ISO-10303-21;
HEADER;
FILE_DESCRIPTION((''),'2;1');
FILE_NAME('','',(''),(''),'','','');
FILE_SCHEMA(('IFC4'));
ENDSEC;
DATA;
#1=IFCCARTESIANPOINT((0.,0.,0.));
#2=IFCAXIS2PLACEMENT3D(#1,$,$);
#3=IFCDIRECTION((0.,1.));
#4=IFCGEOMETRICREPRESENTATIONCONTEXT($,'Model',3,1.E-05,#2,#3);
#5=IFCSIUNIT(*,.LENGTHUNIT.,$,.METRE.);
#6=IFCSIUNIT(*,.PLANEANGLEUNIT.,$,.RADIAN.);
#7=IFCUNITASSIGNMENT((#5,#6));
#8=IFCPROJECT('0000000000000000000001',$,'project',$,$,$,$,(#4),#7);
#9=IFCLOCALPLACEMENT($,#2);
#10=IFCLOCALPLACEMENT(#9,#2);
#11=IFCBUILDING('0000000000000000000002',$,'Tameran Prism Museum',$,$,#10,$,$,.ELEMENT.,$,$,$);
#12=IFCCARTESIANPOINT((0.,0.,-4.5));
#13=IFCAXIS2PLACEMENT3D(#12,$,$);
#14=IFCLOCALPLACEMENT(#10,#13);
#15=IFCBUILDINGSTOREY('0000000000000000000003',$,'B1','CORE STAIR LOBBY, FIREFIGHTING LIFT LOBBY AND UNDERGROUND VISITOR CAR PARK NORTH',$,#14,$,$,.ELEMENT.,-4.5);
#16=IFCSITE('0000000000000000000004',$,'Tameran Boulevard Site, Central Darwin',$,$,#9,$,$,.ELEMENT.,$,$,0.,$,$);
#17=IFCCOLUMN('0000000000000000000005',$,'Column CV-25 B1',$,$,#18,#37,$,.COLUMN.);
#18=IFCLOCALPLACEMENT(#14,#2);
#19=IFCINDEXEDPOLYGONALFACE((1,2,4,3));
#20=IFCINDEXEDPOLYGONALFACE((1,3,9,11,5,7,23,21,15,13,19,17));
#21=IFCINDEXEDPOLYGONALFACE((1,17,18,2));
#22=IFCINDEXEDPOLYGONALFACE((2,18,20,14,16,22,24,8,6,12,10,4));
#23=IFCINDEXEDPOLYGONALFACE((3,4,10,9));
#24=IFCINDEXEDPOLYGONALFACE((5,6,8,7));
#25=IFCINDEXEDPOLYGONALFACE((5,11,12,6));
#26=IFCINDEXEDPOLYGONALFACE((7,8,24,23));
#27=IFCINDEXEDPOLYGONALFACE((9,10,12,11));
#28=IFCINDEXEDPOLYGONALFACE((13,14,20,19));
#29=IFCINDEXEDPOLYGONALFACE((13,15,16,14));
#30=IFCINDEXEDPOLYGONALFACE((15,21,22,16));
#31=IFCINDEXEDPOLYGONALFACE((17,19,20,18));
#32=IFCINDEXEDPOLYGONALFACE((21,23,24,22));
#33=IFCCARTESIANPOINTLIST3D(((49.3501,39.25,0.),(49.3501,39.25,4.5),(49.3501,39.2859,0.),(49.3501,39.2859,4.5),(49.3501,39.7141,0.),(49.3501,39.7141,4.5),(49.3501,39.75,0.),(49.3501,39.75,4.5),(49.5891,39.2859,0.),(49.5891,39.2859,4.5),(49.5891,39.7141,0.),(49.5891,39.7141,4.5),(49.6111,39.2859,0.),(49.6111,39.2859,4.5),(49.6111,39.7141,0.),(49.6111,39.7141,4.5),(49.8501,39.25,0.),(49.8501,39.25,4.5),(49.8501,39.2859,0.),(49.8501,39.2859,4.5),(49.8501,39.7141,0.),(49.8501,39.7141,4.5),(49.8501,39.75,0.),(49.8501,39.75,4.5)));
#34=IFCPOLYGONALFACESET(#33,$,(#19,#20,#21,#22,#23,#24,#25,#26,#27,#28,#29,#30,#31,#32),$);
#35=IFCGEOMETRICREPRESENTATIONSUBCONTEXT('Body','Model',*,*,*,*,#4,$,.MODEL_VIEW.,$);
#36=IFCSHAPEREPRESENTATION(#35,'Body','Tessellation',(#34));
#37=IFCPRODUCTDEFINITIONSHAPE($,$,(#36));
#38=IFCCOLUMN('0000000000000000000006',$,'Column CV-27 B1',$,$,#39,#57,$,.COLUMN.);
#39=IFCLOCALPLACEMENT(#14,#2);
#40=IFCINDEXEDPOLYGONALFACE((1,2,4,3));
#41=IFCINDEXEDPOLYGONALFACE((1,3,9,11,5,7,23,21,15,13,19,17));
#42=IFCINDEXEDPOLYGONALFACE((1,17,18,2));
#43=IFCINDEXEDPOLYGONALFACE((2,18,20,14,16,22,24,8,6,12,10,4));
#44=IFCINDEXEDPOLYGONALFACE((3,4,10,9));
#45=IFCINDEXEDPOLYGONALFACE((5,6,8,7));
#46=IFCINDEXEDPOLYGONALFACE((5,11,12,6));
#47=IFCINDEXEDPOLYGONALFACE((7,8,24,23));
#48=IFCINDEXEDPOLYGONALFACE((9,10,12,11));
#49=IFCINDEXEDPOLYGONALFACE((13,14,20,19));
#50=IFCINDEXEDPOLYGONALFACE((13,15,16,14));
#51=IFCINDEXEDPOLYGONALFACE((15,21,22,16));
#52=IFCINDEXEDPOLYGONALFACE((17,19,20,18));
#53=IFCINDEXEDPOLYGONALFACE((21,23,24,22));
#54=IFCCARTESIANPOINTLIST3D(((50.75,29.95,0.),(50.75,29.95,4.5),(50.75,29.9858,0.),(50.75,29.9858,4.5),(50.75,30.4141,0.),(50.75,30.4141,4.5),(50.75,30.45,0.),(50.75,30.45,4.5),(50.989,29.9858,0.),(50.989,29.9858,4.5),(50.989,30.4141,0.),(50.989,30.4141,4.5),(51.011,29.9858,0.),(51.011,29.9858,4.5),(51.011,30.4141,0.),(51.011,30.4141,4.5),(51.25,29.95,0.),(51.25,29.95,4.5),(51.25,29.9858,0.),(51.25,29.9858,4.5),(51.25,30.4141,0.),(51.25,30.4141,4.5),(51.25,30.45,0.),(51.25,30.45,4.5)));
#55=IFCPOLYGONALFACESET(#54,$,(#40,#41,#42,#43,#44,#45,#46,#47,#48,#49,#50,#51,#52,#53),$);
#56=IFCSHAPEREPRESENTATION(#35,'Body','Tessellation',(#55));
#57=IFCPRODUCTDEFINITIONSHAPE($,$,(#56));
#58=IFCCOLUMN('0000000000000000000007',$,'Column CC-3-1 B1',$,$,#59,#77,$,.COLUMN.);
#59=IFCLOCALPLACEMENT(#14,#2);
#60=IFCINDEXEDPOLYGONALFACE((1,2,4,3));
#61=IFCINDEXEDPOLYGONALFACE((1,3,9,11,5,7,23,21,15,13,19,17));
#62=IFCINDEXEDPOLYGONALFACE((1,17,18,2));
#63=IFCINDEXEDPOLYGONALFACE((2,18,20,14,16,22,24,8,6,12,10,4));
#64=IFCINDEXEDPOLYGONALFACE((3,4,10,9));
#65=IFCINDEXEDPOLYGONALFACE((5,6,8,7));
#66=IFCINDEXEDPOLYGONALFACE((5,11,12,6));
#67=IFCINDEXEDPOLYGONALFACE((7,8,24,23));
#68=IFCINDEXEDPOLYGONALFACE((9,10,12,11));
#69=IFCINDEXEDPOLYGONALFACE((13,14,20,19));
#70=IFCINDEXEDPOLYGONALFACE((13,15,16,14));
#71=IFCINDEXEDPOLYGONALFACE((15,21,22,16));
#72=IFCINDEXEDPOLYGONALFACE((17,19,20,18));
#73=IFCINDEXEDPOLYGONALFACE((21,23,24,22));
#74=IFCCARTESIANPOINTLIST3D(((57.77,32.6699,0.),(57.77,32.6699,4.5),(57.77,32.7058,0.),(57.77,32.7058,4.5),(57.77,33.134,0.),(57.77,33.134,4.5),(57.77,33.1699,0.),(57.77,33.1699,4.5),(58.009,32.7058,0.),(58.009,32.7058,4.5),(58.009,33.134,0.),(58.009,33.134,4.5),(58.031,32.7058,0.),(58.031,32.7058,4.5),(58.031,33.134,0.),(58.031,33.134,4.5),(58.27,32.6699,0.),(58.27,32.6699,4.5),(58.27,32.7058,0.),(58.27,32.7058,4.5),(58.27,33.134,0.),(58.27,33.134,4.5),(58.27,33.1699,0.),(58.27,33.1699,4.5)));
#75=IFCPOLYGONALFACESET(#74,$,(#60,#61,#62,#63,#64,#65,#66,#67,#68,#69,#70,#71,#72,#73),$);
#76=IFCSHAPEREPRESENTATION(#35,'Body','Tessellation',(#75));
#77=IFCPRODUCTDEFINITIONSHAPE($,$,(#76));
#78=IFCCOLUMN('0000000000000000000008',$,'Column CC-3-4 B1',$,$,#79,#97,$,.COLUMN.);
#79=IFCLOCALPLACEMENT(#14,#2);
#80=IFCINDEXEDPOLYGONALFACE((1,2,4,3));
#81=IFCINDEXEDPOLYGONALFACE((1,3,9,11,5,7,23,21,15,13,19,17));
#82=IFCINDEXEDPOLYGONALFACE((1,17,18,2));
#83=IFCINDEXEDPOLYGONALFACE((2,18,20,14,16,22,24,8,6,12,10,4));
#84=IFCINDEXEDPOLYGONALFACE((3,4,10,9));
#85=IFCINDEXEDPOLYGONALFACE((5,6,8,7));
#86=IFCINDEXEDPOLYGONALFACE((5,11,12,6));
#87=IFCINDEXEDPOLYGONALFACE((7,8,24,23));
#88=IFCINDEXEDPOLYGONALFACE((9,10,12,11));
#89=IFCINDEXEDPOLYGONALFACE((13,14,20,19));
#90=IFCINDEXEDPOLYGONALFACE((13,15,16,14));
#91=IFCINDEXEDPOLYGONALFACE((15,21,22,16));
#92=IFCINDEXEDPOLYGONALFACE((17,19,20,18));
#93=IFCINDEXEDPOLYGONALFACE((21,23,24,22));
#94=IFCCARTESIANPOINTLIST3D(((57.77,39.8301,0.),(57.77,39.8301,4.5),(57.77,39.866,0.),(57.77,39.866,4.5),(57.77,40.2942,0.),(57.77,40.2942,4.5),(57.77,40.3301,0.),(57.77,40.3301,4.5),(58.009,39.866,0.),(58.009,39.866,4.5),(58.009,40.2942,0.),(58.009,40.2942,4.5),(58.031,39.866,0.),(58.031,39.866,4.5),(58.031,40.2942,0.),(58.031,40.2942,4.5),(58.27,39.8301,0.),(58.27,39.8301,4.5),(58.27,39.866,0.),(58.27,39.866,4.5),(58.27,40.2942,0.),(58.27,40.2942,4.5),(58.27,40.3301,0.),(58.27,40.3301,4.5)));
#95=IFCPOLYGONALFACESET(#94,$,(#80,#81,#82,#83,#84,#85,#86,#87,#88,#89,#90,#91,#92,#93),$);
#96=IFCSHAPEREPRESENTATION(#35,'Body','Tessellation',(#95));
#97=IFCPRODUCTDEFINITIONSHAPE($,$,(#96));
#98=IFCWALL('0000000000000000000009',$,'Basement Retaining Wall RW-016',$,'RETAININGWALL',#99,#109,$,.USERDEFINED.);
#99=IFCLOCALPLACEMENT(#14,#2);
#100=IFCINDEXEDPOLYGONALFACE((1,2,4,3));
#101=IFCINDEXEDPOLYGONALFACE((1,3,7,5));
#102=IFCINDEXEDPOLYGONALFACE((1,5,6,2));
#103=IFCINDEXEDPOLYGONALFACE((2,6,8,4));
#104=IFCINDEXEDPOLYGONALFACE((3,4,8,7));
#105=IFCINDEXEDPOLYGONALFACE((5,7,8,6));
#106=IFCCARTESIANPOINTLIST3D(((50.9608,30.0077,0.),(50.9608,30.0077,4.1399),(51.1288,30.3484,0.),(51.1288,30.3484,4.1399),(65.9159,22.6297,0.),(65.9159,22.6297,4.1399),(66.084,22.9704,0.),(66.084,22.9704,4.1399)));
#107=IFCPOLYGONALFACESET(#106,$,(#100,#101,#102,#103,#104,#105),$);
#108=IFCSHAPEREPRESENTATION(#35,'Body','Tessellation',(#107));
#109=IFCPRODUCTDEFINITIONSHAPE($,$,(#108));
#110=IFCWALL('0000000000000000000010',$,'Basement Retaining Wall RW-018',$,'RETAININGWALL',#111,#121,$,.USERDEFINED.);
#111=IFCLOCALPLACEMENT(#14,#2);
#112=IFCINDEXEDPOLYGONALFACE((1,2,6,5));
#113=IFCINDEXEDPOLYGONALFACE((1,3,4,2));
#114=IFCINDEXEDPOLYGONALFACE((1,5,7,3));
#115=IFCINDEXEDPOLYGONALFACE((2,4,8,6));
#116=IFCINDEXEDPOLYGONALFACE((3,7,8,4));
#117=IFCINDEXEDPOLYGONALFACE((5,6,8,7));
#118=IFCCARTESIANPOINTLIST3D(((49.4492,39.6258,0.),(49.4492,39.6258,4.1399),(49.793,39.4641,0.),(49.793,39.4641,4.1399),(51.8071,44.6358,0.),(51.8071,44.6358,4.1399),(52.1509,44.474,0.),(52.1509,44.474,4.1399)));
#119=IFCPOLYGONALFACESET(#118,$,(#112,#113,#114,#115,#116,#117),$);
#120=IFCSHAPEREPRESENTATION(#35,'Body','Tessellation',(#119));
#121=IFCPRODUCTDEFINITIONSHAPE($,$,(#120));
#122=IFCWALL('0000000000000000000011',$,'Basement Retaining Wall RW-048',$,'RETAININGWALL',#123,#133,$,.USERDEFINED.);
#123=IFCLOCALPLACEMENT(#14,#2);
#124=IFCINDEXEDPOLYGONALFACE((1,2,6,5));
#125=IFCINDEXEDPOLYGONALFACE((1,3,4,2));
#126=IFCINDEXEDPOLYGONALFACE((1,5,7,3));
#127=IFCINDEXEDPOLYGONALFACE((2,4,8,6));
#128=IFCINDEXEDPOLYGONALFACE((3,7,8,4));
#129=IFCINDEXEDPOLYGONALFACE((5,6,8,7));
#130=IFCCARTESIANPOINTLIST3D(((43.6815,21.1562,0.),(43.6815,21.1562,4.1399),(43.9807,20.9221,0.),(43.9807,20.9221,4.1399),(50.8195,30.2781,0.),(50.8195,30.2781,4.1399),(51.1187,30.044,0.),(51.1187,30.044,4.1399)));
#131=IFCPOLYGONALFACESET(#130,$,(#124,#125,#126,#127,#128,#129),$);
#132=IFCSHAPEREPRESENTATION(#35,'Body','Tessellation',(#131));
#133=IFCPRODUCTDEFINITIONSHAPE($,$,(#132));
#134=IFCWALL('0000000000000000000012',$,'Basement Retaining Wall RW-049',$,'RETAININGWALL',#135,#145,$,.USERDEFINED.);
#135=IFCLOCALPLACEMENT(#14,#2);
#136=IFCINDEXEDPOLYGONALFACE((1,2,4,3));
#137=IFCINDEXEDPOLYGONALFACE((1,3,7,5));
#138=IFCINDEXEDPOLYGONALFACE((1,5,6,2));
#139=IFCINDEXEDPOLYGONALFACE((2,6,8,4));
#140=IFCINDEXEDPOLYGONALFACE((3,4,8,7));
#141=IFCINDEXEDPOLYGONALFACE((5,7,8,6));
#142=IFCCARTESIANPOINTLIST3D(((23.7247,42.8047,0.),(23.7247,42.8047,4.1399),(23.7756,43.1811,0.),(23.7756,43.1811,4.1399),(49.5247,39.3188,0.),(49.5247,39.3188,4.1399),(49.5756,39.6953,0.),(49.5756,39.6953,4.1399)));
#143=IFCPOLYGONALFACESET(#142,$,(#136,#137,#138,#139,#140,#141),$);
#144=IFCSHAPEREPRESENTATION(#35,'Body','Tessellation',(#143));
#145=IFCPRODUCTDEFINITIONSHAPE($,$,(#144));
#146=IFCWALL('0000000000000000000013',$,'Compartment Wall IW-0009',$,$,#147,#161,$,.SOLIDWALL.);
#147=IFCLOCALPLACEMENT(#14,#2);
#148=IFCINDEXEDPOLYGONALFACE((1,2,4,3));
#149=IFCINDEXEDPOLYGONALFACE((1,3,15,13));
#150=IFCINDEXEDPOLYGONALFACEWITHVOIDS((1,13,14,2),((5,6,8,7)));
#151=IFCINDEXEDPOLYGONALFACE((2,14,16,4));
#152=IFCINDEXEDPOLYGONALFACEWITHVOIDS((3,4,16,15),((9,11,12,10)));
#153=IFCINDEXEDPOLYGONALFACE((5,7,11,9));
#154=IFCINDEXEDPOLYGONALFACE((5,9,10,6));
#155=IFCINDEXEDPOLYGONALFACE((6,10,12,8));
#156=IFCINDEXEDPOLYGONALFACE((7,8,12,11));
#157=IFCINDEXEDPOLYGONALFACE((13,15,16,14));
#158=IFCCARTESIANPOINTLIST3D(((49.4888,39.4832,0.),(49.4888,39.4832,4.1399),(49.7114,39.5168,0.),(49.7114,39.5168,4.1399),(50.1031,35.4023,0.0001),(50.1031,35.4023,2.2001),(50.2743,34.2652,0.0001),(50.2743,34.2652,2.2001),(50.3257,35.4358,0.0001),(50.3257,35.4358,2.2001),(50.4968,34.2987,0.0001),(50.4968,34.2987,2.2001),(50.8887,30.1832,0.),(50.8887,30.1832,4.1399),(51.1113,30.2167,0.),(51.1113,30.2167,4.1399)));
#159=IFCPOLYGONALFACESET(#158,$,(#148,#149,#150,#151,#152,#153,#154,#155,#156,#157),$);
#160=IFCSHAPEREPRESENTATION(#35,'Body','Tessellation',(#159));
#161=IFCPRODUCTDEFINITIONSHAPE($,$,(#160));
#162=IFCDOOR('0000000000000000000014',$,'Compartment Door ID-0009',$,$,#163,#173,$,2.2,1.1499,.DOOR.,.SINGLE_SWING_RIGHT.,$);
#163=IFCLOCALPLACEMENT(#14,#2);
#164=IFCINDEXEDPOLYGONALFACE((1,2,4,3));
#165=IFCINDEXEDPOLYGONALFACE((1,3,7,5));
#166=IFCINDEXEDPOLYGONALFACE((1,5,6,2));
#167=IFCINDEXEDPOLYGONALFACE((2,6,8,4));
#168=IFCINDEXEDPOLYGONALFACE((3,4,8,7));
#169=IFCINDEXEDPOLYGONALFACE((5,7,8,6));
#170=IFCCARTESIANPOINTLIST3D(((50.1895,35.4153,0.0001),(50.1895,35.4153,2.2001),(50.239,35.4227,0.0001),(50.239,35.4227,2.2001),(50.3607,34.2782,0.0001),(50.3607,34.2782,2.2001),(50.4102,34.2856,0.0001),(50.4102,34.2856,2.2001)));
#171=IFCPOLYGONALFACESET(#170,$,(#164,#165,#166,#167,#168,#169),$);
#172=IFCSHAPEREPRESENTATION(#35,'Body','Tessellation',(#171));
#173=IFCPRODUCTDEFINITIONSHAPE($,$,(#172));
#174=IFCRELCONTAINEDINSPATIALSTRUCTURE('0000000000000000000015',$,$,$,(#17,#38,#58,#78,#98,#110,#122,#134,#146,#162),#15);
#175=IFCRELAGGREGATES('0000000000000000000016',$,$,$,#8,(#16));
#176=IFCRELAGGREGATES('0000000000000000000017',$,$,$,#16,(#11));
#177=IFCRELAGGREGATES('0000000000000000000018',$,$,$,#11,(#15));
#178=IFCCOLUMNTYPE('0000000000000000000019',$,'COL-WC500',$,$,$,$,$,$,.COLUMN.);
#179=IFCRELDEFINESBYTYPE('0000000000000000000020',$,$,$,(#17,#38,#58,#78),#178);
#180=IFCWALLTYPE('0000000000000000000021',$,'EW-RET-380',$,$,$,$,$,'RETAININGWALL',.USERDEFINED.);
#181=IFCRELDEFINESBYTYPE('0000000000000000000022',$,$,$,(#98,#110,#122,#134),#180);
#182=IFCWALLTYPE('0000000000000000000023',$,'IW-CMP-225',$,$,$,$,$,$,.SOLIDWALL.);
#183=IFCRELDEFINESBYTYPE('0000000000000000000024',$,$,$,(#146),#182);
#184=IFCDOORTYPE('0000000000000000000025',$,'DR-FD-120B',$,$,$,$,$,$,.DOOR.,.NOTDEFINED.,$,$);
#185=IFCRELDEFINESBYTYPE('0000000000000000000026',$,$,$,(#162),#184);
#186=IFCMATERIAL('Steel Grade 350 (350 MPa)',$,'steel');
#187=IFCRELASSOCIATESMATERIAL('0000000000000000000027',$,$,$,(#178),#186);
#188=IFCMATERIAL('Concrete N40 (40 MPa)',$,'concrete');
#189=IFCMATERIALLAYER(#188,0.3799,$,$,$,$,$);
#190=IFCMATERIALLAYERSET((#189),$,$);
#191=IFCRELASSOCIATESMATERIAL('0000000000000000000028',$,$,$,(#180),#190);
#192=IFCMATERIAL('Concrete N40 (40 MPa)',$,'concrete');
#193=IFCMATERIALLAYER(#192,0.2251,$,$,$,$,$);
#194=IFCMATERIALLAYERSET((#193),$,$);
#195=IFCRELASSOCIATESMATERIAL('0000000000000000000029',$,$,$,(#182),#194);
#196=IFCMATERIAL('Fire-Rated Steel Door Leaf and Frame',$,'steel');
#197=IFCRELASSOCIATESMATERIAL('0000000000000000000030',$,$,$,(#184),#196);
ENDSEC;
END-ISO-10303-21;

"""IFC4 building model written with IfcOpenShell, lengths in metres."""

from ifc_helpers import new_model, si_unit, direction, frame, frame_2d, origin, origin_2d, place, context, subcontext, project, spatial, rectangle, i_section, extrude, material, layer, layer_set, material_profile, profile_set, type_object, element, fill, save


model = new_model("IFC4")

# Units and contexts
model_context = context("Model", 3, precision=1e-05, world=origin(), true_north=direction((0.0, 1.0)))
body_context = subcontext(model_context, "Body", "Model", "MODEL_VIEW")
ifc_project = project(units=[si_unit("LENGTHUNIT", "METRE"), si_unit("PLANEANGLEUNIT", "RADIAN")], contexts=[model_context])

# Site, building, storey
site_placement = place(None, origin())
site = spatial("IfcSite", under=ifc_project, at=site_placement, Name="Tameran Boulevard Site, Central Darwin", CompositionType="ELEMENT", RefElevation=0.0)
building_placement = place(site_placement, origin())
building = spatial("IfcBuilding", under=site, at=building_placement, Name="Tameran Prism Museum", CompositionType="ELEMENT")
storey_placement = place(building_placement, frame((0.0, 0.0, -4.5)))
storey = spatial("IfcBuildingStorey", under=building, at=storey_placement, Name="B1", Description="CORE STAIR LOBBY, FIREFIGHTING LIFT LOBBY AND UNDERGROUND VISITOR CAR PARK NORTH", CompositionType="ELEMENT", Elevation=-4.5)

# Columns
ifc_material_1 = material(Name="Steel Grade 350 (350 MPa)", Category="steel")
ifc_material_profile_1 = material_profile(ifc_material_1, i_section(OverallWidth=0.5, OverallDepth=0.5, WebThickness=0.022, FlangeThickness=0.0359, at=origin_2d()))
ifc_profile_set_1 = profile_set([ifc_material_profile_1])
column_type = type_object("IfcColumnType", Name="COL-WC500", PredefinedType="COLUMN", material=ifc_profile_set_1)
for number, where, z_axis, x_axis, name in (
    (1, (49.6001, 39.5, 0.0), (0.0, 0.0, 1.0), (1.0, 0.0, 0.0), "Column CV-25 B1"),
    (2, (51.0, 30.2, 0.0), (0.0, 0.0, 1.0), (1.0, 0.0, 0.0), "Column CV-27 B1"),
    (3, (58.02, 32.9199, 0.0), (0.0, 0.0, 1.0), (1.0, 0.0, 0.0), "Column CC-3-1 B1"),
    (4, (58.02, 40.0801, 0.0), (0.0, 0.0, 1.0), (1.0, 0.0, 0.0), "Column CC-3-4 B1"),
):
    element("IfcColumn", number, at=place(storey_placement, frame(where, z_axis=z_axis, x_axis=x_axis)), inside=storey, type_object=column_type, Name=name, PredefinedType="COLUMN", context=body_context, shape_type="SweptSolid", body=[
        extrude(i_section(OverallWidth=0.5, OverallDepth=0.5, WebThickness=0.022, FlangeThickness=0.0359, at=origin_2d()), origin(), (0.0, 0.0, 1.0), 4.5),
    ])

# Walls
ifc_material_2 = material(Name="Concrete N40 (40 MPa)", Category="concrete")
ifc_layer_1 = layer(ifc_material_2, 0.3799)
ifc_layer_set_1 = layer_set([ifc_layer_1])
wall_type_1 = type_object("IfcWallType", Name="EW-RET-380", ElementType="RETAININGWALL", PredefinedType="USERDEFINED", material=ifc_layer_set_1)
wall_1_placement = place(storey_placement, frame((51.0449, 30.178, 0.0), z_axis=(0.0, 0.0, 1.0), x_axis=(0.896804, -0.442429, 0.0)))
element("IfcWall", 5, at=wall_1_placement, inside=storey, type_object=wall_type_1, Name="Basement Retaining Wall RW-016", ObjectType="RETAININGWALL", PredefinedType="USERDEFINED", context=body_context, shape_type="SweptSolid", body=[
    extrude(rectangle(XDim=16.676, YDim=0.3799, at=frame_2d((8.3379, 0.0))), origin(), (0.0, 0.0, 1.0), 4.1399),
])
wall_2_placement = place(storey_placement, frame((51.979, 44.5549, 0.0), z_axis=(0.0, 0.0, 1.0), x_axis=(-0.425835, -0.904801, 0.0)))
element("IfcWall", 6, at=wall_2_placement, inside=storey, type_object=wall_type_1, Name="Basement Retaining Wall RW-018", ObjectType="RETAININGWALL", PredefinedType="USERDEFINED", context=body_context, shape_type="SweptSolid", body=[
    extrude(rectangle(XDim=5.5371, YDim=0.3799, at=frame_2d((2.7686, 0.0))), origin(), (0.0, 0.0, 1.0), 4.1399),
])
wall_3_placement = place(storey_placement, frame((43.8311, 21.0391, 0.0), z_axis=(0.0, 0.0, 1.0), x_axis=(0.616261, 0.787542, 0.0)))
element("IfcWall", 7, at=wall_3_placement, inside=storey, type_object=wall_type_1, Name="Basement Retaining Wall RW-048", ObjectType="RETAININGWALL", PredefinedType="USERDEFINED", context=body_context, shape_type="SweptSolid", body=[
    extrude(rectangle(XDim=11.5828, YDim=0.3799, at=frame_2d((5.7915, 0.0))), origin(), (0.0, 0.0, 1.0), 4.1399),
])
wall_4_placement = place(storey_placement, frame((49.55, 39.5071, 0.0), z_axis=(0.0, 0.0, 1.0), x_axis=(-0.990996, 0.133893, 0.0)))
element("IfcWall", 8, at=wall_4_placement, inside=storey, type_object=wall_type_1, Name="Basement Retaining Wall RW-049", ObjectType="RETAININGWALL", PredefinedType="USERDEFINED", context=body_context, shape_type="SweptSolid", body=[
    extrude(rectangle(XDim=26.0344, YDim=0.3799, at=frame_2d((13.0171, 0.0))), origin(), (0.0, 0.0, 1.0), 4.1399),
])

# Wall, opening, door
ifc_material_3 = material(Name="Concrete N40 (40 MPa)", Category="concrete")
ifc_layer_2 = layer(ifc_material_3, 0.2251)
ifc_layer_set_2 = layer_set([ifc_layer_2])
wall_type_2 = type_object("IfcWallType", Name="IW-CMP-225", PredefinedType="SOLIDWALL", material=ifc_layer_set_2)
wall_5_placement = place(storey_placement, frame((49.6001, 39.5, 0.0), z_axis=(0.0, 0.0, 1.0), x_axis=(0.148849, -0.98886, 0.0)))
wall_5 = element("IfcWall", 9, at=wall_5_placement, inside=storey, type_object=wall_type_2, Name="Compartment Wall IW-0009", PredefinedType="SOLIDWALL", context=body_context, shape_type="SweptSolid", body=[
    extrude(rectangle(XDim=9.4048, YDim=0.2251, at=frame_2d((4.7024, 0.0))), origin(), (0.0, 0.0, 1.0), 4.1399),
])
opening_1_placement = place(wall_5_placement, frame((4.127, 0.0, 0.0)))
opening_1 = element("IfcOpeningElement", 10, at=opening_1_placement, cuts=wall_5, PredefinedType="OPENING", context=body_context, shape_type="SweptSolid", body=[
    extrude(rectangle(XDim=1.1499, YDim=2.2, at=frame_2d((0.575, 1.1001))), frame((0.0, 0.1226, 0.0), z_axis=(0.0, -1.0, 0.0), x_axis=(1.0, 0.0, 0.0)), (0.0, 0.0, 1.0), 0.2451),
])
ifc_material_4 = material(Name="Fire-Rated Steel Door Leaf and Frame", Category="steel")
door_type_1 = type_object("IfcDoorType", Name="DR-FD-120B", OperationType="NOTDEFINED", PredefinedType="DOOR", material=ifc_material_4)
door_1_placement = place(opening_1_placement, origin())
door_1 = element("IfcDoor", 11, at=door_1_placement, inside=storey, type_object=door_type_1, Name="Compartment Door ID-0009", OperationType="SINGLE_SWING_RIGHT", OverallHeight=2.2, OverallWidth=1.1499, PredefinedType="DOOR", context=body_context, shape_type="SweptSolid", body=[
    extrude(rectangle(XDim=1.1499, YDim=2.2, at=frame_2d((0.575, 1.1001))), frame((0.0, 0.0249, 0.0), z_axis=(0.0, -1.0, 0.0), x_axis=(1.0, 0.0, 0.0)), (0.0, 0.0, 1.0), 0.05),
])
fill(opening_1, door_1)

save(model, "model.ifc")
